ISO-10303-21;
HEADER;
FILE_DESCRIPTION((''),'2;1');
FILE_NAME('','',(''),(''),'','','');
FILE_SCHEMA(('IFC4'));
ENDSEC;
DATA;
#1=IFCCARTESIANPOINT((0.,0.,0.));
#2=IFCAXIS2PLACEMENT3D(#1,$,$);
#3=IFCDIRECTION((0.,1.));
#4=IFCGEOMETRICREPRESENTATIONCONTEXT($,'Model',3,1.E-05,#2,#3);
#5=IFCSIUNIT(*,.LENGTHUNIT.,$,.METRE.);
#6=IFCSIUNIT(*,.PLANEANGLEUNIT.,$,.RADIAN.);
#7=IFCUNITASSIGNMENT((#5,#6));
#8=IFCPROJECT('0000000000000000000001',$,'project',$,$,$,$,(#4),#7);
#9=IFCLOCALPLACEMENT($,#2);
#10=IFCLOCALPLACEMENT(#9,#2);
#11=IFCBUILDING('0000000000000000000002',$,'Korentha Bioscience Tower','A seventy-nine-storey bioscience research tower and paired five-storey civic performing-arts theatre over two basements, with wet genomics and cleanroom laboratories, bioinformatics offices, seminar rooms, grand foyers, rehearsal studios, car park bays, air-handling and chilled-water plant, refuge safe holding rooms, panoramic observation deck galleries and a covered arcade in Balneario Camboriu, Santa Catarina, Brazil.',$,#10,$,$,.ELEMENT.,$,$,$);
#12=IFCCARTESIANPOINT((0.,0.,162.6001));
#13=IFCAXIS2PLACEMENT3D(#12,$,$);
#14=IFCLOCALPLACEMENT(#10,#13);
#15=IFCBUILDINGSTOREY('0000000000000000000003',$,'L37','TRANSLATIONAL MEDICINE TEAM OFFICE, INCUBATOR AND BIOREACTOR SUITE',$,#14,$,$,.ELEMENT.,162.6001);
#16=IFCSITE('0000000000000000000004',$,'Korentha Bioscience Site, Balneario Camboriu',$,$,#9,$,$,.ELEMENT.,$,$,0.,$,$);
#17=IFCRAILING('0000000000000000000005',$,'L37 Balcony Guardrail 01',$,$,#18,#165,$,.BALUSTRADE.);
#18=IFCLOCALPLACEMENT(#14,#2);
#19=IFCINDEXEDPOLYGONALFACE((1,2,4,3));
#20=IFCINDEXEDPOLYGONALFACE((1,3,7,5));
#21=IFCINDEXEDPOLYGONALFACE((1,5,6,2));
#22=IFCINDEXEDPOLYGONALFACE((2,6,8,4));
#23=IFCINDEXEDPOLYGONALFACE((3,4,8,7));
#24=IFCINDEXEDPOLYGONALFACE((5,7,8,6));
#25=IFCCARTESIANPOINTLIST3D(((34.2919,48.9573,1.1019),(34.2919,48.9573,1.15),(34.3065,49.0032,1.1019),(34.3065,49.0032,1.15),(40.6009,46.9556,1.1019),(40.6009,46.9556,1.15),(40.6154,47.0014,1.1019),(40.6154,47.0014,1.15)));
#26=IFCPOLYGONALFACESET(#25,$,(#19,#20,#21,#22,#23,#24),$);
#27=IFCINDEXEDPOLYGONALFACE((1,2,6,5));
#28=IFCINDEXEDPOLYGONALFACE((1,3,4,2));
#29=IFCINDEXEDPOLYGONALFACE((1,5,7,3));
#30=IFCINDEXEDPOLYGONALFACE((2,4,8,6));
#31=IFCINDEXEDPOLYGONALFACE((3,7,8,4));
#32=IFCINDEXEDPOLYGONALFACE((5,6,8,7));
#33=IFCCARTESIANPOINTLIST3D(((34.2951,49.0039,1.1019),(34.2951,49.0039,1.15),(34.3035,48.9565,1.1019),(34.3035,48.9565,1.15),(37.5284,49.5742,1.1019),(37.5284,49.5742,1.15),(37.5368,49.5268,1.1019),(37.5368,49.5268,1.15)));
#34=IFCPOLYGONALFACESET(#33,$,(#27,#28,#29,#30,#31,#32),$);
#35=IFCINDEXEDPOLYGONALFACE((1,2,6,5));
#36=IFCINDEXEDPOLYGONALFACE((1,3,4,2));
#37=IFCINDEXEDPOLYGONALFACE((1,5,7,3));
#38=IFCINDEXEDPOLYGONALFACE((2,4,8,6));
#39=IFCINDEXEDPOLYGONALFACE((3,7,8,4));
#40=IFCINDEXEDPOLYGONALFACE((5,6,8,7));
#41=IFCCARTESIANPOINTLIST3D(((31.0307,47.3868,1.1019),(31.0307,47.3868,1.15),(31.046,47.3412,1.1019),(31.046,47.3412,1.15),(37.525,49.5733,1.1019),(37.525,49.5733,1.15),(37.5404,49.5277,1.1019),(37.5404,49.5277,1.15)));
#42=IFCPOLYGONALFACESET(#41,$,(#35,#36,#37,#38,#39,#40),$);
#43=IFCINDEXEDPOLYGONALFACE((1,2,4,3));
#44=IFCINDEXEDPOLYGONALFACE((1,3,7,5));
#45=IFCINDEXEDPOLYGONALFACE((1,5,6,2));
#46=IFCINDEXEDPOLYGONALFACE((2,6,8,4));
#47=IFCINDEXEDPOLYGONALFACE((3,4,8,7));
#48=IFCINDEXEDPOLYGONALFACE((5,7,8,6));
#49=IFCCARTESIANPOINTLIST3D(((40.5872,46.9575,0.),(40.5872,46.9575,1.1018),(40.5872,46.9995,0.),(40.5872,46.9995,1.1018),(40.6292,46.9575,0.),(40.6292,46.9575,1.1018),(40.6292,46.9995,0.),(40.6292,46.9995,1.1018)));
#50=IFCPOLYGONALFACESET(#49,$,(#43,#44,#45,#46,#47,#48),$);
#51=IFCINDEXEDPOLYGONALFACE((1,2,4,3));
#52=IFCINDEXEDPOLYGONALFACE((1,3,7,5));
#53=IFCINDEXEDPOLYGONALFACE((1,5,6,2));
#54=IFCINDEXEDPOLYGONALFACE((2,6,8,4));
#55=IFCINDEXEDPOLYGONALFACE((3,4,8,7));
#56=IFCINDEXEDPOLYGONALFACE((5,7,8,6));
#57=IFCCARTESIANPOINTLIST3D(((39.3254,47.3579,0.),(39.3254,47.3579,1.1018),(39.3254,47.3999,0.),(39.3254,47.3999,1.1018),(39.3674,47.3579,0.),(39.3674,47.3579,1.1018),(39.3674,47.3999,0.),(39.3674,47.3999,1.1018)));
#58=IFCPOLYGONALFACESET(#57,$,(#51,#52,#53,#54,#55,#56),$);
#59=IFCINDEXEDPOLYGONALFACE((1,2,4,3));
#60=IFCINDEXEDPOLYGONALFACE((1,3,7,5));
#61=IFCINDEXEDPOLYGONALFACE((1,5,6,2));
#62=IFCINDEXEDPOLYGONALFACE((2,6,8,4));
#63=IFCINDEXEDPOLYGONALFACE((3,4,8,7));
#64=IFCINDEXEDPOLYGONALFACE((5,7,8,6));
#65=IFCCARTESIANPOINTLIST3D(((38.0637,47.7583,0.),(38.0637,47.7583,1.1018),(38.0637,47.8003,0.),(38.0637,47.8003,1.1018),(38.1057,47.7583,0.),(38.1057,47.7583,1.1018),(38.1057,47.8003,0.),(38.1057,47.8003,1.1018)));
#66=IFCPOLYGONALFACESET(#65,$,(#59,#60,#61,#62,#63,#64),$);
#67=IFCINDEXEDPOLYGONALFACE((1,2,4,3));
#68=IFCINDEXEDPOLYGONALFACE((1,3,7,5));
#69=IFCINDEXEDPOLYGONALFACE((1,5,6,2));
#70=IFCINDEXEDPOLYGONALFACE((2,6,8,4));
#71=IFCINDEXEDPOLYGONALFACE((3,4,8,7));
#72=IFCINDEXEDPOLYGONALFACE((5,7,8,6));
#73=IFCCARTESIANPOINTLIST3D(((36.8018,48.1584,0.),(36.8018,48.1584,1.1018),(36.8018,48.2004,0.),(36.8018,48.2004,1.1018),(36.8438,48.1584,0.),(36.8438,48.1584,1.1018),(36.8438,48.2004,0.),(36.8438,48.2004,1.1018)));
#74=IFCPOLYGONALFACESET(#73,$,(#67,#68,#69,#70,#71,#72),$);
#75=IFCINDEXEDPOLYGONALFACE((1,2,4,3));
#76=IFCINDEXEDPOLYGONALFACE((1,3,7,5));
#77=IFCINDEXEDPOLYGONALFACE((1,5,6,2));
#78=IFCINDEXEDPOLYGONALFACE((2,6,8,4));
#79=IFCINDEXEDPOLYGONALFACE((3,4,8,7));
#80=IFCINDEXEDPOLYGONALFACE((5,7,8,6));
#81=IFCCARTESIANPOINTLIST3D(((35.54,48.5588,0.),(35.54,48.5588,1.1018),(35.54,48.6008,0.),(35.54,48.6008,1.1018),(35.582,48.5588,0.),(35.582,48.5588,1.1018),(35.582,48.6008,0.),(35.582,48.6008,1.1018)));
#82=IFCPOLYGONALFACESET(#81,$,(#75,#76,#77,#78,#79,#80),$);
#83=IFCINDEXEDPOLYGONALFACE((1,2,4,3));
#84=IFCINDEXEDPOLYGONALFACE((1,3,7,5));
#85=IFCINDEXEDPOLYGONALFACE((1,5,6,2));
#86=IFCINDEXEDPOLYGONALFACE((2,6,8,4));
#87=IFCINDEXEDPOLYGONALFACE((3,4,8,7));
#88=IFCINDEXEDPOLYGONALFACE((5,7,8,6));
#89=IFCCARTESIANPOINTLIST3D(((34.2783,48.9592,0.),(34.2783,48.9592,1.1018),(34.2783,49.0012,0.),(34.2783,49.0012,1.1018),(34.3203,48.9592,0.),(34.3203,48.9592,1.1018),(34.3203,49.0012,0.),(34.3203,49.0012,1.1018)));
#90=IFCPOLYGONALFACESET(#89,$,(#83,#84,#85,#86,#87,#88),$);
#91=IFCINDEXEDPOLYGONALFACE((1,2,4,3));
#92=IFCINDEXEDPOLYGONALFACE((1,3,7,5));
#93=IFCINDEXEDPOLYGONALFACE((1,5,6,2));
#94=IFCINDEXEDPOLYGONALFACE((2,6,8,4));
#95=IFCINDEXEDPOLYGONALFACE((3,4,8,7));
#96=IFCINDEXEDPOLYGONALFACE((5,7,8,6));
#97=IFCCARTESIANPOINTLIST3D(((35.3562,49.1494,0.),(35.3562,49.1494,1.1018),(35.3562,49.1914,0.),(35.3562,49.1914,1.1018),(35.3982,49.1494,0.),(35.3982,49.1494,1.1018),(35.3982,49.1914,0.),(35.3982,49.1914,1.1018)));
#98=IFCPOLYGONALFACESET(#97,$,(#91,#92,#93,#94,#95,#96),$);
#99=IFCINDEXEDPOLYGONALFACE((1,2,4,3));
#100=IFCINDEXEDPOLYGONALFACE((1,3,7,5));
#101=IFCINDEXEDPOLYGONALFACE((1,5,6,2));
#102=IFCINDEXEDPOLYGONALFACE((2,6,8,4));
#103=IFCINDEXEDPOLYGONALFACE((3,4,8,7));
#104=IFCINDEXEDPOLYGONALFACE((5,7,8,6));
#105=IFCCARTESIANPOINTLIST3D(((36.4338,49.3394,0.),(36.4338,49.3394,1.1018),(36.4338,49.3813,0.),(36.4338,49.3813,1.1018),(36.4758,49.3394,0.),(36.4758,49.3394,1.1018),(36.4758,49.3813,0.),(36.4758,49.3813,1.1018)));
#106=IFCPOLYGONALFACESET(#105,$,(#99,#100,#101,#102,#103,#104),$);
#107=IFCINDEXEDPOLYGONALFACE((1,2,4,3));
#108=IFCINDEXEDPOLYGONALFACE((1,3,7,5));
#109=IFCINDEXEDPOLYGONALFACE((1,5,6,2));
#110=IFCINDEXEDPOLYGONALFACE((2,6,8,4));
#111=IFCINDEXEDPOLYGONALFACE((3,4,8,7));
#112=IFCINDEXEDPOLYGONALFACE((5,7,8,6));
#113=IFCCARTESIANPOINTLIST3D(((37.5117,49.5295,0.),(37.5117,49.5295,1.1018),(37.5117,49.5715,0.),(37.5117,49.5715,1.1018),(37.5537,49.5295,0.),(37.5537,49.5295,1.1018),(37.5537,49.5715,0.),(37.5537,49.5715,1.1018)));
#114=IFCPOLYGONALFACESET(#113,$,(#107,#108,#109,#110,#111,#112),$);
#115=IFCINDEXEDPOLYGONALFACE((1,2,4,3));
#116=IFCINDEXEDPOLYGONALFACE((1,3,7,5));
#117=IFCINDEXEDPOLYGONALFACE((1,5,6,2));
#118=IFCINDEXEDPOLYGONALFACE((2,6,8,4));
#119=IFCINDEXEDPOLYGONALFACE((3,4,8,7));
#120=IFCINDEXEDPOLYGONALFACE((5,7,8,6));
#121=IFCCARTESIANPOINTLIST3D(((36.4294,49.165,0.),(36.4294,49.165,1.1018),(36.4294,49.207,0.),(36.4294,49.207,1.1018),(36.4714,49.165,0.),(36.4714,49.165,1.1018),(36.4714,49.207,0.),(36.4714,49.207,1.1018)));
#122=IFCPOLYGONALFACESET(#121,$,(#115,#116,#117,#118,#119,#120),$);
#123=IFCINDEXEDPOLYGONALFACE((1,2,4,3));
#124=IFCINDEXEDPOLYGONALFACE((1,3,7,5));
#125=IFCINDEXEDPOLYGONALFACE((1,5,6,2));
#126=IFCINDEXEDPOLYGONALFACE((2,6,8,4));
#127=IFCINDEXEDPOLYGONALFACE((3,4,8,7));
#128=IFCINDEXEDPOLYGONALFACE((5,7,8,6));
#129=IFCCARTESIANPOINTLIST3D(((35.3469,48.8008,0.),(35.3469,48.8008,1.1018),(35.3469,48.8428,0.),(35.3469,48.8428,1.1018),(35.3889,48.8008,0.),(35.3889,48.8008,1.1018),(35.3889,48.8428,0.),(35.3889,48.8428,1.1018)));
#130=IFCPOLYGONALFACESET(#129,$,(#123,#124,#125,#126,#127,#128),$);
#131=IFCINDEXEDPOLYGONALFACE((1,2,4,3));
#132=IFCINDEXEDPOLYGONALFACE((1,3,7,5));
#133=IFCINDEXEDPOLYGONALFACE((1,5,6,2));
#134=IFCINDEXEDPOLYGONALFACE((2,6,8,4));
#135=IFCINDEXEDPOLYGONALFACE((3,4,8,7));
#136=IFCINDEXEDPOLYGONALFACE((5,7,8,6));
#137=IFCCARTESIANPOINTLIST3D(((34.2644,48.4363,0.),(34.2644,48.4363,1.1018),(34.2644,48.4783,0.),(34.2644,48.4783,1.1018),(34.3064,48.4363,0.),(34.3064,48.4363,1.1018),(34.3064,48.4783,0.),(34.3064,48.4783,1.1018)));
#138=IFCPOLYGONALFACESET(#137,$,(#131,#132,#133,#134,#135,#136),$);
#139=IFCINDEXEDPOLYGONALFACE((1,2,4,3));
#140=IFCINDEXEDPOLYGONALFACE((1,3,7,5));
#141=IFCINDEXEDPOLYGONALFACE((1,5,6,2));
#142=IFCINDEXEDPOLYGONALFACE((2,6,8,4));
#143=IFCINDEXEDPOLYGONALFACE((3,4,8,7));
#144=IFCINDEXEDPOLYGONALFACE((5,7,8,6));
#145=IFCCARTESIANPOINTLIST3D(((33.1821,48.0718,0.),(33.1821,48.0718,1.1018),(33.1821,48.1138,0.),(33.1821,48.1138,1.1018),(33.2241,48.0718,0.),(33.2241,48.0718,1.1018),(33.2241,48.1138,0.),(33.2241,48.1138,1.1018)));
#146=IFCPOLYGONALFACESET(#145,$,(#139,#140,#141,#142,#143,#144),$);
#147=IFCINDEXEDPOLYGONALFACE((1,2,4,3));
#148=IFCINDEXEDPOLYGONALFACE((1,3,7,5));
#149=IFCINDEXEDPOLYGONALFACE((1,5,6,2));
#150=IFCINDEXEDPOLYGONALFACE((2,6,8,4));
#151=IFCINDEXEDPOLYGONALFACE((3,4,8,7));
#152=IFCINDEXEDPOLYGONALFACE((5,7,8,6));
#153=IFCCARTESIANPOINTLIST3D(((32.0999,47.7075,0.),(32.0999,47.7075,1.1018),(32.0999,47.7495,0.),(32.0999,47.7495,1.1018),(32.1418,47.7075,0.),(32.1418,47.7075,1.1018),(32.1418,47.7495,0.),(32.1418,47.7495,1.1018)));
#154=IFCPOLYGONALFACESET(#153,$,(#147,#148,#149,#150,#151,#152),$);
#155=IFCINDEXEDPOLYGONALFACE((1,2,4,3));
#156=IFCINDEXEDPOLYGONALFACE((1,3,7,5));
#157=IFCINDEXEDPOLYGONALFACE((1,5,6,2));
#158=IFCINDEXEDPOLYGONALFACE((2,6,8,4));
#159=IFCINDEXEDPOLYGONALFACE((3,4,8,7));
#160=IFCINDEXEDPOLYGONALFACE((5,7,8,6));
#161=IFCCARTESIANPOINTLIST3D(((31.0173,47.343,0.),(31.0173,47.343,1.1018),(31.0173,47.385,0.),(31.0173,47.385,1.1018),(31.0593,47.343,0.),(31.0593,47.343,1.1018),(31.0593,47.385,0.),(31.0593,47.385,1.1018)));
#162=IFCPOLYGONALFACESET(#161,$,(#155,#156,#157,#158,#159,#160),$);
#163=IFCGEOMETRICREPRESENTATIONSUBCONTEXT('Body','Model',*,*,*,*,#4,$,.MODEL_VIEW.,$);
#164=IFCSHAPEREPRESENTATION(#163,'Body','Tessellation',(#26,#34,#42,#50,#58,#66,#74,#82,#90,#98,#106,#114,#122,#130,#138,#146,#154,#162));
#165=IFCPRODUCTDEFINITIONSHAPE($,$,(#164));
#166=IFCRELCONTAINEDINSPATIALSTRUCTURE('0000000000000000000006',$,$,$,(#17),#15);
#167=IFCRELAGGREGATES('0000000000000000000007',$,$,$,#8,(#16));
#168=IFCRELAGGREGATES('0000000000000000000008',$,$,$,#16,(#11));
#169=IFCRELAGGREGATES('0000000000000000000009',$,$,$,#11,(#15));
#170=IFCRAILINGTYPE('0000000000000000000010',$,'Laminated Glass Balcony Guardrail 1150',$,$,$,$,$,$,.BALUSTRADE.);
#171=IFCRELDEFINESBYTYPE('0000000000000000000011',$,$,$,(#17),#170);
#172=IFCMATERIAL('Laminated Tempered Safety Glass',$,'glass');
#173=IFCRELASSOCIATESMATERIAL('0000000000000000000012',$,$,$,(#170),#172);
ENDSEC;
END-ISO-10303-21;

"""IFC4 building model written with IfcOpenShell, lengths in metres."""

from ifc_helpers import new_model, si_unit, direction, frame, origin, origin_2d, place, context, subcontext, project, spatial, rectangle, extrude, material, type_object, element, save


model = new_model("IFC4")

# Units and contexts
model_context = context("Model", 3, precision=1e-05, world=origin(), true_north=direction((0.0, 1.0)))
body_context = subcontext(model_context, "Body", "Model", "MODEL_VIEW")
ifc_project = project(units=[si_unit("LENGTHUNIT", "METRE"), si_unit("PLANEANGLEUNIT", "RADIAN")], contexts=[model_context])

# Site, building, storey
site_placement = place(None, origin())
site = spatial("IfcSite", under=ifc_project, at=site_placement, Name="Korentha Bioscience Site, Balneario Camboriu", CompositionType="ELEMENT", RefElevation=0.0)
building_placement = place(site_placement, origin())
building = spatial("IfcBuilding", under=site, at=building_placement, Name="Korentha Bioscience Tower", Description="A seventy-nine-storey bioscience research tower and paired five-storey civic performing-arts theatre over two basements, with wet genomics and cleanroom laboratories, bioinformatics offices, seminar rooms, grand foyers, rehearsal studios, car park bays, air-handling and chilled-water plant, refuge safe holding rooms, panoramic observation deck galleries and a covered arcade in Balneario Camboriu, Santa Catarina, Brazil.", CompositionType="ELEMENT")
storey_placement = place(building_placement, frame((0.0, 0.0, 162.6001)))
storey = spatial("IfcBuildingStorey", under=building, at=storey_placement, Name="L37", Description="TRANSLATIONAL MEDICINE TEAM OFFICE, INCUBATOR AND BIOREACTOR SUITE", CompositionType="ELEMENT", Elevation=162.6001)

# Railing
ifc_material_1 = material(Name="Laminated Tempered Safety Glass", Category="glass")
railing_type = type_object("IfcRailingType", Name="Laminated Glass Balcony Guardrail 1150", PredefinedType="BALUSTRADE", material=ifc_material_1)
railing_placement = place(storey_placement, frame((40.6082, 46.9785, 0.0)))
element("IfcRailing", 1, at=railing_placement, inside=storey, type_object=railing_type, Name="L37 Balcony Guardrail 01", PredefinedType="BALUSTRADE", context=body_context, shape_type="SweptSolid", body=[
    extrude(rectangle(XDim=0.0481, YDim=0.0481, at=origin_2d()), frame((0.0, 0.0, 1.126), z_axis=(-0.953172, 0.302429, 0.0), x_axis=(-0.302429, -0.953172, 0.0)), (0.0, 0.0, 1.0), 6.6189),
    extrude(rectangle(XDim=0.0481, YDim=0.0481, at=origin_2d()), frame((-6.3088, 2.0017, 1.126), z_axis=(0.984799, 0.1737, 0.0), x_axis=(-0.1737, 0.984799, 0.0)), (0.0, 0.0, 1.0), 3.2832),
    extrude(rectangle(XDim=0.0481, YDim=0.0481, at=origin_2d()), frame((-3.0754, 2.572, 1.126), z_axis=(-0.947728, -0.31908, 0.0), x_axis=(0.31908, -0.947728, 0.0)), (0.0, 0.0, 1.0), 6.8525),
    extrude(rectangle(XDim=0.042, YDim=0.042, at=origin_2d()), origin(), (0.0, 0.0, 1.0), 1.1018),
    extrude(rectangle(XDim=0.042, YDim=0.042, at=origin_2d()), frame((-1.2617, 0.4004, 0.0)), (0.0, 0.0, 1.0), 1.1018),
    extrude(rectangle(XDim=0.042, YDim=0.042, at=origin_2d()), frame((-2.5234, 0.8008, 0.0)), (0.0, 0.0, 1.0), 1.1018),
    extrude(rectangle(XDim=0.042, YDim=0.042, at=origin_2d()), frame((-3.7854, 1.2009, 0.0)), (0.0, 0.0, 1.0), 1.1018),
    extrude(rectangle(XDim=0.042, YDim=0.042, at=origin_2d()), frame((-5.0471, 1.6013, 0.0)), (0.0, 0.0, 1.0), 1.1018),
    extrude(rectangle(XDim=0.042, YDim=0.042, at=origin_2d()), frame((-6.3088, 2.0017, 0.0)), (0.0, 0.0, 1.0), 1.1018),
    extrude(rectangle(XDim=0.042, YDim=0.042, at=origin_2d()), frame((-5.231, 2.1919, 0.0)), (0.0, 0.0, 1.0), 1.1018),
    extrude(rectangle(XDim=0.042, YDim=0.042, at=origin_2d()), frame((-4.1533, 2.3818, 0.0)), (0.0, 0.0, 1.0), 1.1018),
    extrude(rectangle(XDim=0.042, YDim=0.042, at=origin_2d()), frame((-3.0754, 2.572, 0.0)), (0.0, 0.0, 1.0), 1.1018),
    extrude(rectangle(XDim=0.042, YDim=0.042, at=origin_2d()), frame((-4.1577, 2.2075, 0.0)), (0.0, 0.0, 1.0), 1.1018),
    extrude(rectangle(XDim=0.042, YDim=0.042, at=origin_2d()), frame((-5.2402, 1.8433, 0.0)), (0.0, 0.0, 1.0), 1.1018),
    extrude(rectangle(XDim=0.042, YDim=0.042, at=origin_2d()), frame((-6.3228, 1.4788, 0.0)), (0.0, 0.0, 1.0), 1.1018),
    extrude(rectangle(XDim=0.042, YDim=0.042, at=origin_2d()), frame((-7.405, 1.1143, 0.0)), (0.0, 0.0, 1.0), 1.1018),
    extrude(rectangle(XDim=0.042, YDim=0.042, at=origin_2d()), frame((-8.4873, 0.75, 0.0)), (0.0, 0.0, 1.0), 1.1018),
    extrude(rectangle(XDim=0.042, YDim=0.042, at=origin_2d()), frame((-9.5698, 0.3855, 0.0)), (0.0, 0.0, 1.0), 1.1018),
])

save(model, "model.ifc")
